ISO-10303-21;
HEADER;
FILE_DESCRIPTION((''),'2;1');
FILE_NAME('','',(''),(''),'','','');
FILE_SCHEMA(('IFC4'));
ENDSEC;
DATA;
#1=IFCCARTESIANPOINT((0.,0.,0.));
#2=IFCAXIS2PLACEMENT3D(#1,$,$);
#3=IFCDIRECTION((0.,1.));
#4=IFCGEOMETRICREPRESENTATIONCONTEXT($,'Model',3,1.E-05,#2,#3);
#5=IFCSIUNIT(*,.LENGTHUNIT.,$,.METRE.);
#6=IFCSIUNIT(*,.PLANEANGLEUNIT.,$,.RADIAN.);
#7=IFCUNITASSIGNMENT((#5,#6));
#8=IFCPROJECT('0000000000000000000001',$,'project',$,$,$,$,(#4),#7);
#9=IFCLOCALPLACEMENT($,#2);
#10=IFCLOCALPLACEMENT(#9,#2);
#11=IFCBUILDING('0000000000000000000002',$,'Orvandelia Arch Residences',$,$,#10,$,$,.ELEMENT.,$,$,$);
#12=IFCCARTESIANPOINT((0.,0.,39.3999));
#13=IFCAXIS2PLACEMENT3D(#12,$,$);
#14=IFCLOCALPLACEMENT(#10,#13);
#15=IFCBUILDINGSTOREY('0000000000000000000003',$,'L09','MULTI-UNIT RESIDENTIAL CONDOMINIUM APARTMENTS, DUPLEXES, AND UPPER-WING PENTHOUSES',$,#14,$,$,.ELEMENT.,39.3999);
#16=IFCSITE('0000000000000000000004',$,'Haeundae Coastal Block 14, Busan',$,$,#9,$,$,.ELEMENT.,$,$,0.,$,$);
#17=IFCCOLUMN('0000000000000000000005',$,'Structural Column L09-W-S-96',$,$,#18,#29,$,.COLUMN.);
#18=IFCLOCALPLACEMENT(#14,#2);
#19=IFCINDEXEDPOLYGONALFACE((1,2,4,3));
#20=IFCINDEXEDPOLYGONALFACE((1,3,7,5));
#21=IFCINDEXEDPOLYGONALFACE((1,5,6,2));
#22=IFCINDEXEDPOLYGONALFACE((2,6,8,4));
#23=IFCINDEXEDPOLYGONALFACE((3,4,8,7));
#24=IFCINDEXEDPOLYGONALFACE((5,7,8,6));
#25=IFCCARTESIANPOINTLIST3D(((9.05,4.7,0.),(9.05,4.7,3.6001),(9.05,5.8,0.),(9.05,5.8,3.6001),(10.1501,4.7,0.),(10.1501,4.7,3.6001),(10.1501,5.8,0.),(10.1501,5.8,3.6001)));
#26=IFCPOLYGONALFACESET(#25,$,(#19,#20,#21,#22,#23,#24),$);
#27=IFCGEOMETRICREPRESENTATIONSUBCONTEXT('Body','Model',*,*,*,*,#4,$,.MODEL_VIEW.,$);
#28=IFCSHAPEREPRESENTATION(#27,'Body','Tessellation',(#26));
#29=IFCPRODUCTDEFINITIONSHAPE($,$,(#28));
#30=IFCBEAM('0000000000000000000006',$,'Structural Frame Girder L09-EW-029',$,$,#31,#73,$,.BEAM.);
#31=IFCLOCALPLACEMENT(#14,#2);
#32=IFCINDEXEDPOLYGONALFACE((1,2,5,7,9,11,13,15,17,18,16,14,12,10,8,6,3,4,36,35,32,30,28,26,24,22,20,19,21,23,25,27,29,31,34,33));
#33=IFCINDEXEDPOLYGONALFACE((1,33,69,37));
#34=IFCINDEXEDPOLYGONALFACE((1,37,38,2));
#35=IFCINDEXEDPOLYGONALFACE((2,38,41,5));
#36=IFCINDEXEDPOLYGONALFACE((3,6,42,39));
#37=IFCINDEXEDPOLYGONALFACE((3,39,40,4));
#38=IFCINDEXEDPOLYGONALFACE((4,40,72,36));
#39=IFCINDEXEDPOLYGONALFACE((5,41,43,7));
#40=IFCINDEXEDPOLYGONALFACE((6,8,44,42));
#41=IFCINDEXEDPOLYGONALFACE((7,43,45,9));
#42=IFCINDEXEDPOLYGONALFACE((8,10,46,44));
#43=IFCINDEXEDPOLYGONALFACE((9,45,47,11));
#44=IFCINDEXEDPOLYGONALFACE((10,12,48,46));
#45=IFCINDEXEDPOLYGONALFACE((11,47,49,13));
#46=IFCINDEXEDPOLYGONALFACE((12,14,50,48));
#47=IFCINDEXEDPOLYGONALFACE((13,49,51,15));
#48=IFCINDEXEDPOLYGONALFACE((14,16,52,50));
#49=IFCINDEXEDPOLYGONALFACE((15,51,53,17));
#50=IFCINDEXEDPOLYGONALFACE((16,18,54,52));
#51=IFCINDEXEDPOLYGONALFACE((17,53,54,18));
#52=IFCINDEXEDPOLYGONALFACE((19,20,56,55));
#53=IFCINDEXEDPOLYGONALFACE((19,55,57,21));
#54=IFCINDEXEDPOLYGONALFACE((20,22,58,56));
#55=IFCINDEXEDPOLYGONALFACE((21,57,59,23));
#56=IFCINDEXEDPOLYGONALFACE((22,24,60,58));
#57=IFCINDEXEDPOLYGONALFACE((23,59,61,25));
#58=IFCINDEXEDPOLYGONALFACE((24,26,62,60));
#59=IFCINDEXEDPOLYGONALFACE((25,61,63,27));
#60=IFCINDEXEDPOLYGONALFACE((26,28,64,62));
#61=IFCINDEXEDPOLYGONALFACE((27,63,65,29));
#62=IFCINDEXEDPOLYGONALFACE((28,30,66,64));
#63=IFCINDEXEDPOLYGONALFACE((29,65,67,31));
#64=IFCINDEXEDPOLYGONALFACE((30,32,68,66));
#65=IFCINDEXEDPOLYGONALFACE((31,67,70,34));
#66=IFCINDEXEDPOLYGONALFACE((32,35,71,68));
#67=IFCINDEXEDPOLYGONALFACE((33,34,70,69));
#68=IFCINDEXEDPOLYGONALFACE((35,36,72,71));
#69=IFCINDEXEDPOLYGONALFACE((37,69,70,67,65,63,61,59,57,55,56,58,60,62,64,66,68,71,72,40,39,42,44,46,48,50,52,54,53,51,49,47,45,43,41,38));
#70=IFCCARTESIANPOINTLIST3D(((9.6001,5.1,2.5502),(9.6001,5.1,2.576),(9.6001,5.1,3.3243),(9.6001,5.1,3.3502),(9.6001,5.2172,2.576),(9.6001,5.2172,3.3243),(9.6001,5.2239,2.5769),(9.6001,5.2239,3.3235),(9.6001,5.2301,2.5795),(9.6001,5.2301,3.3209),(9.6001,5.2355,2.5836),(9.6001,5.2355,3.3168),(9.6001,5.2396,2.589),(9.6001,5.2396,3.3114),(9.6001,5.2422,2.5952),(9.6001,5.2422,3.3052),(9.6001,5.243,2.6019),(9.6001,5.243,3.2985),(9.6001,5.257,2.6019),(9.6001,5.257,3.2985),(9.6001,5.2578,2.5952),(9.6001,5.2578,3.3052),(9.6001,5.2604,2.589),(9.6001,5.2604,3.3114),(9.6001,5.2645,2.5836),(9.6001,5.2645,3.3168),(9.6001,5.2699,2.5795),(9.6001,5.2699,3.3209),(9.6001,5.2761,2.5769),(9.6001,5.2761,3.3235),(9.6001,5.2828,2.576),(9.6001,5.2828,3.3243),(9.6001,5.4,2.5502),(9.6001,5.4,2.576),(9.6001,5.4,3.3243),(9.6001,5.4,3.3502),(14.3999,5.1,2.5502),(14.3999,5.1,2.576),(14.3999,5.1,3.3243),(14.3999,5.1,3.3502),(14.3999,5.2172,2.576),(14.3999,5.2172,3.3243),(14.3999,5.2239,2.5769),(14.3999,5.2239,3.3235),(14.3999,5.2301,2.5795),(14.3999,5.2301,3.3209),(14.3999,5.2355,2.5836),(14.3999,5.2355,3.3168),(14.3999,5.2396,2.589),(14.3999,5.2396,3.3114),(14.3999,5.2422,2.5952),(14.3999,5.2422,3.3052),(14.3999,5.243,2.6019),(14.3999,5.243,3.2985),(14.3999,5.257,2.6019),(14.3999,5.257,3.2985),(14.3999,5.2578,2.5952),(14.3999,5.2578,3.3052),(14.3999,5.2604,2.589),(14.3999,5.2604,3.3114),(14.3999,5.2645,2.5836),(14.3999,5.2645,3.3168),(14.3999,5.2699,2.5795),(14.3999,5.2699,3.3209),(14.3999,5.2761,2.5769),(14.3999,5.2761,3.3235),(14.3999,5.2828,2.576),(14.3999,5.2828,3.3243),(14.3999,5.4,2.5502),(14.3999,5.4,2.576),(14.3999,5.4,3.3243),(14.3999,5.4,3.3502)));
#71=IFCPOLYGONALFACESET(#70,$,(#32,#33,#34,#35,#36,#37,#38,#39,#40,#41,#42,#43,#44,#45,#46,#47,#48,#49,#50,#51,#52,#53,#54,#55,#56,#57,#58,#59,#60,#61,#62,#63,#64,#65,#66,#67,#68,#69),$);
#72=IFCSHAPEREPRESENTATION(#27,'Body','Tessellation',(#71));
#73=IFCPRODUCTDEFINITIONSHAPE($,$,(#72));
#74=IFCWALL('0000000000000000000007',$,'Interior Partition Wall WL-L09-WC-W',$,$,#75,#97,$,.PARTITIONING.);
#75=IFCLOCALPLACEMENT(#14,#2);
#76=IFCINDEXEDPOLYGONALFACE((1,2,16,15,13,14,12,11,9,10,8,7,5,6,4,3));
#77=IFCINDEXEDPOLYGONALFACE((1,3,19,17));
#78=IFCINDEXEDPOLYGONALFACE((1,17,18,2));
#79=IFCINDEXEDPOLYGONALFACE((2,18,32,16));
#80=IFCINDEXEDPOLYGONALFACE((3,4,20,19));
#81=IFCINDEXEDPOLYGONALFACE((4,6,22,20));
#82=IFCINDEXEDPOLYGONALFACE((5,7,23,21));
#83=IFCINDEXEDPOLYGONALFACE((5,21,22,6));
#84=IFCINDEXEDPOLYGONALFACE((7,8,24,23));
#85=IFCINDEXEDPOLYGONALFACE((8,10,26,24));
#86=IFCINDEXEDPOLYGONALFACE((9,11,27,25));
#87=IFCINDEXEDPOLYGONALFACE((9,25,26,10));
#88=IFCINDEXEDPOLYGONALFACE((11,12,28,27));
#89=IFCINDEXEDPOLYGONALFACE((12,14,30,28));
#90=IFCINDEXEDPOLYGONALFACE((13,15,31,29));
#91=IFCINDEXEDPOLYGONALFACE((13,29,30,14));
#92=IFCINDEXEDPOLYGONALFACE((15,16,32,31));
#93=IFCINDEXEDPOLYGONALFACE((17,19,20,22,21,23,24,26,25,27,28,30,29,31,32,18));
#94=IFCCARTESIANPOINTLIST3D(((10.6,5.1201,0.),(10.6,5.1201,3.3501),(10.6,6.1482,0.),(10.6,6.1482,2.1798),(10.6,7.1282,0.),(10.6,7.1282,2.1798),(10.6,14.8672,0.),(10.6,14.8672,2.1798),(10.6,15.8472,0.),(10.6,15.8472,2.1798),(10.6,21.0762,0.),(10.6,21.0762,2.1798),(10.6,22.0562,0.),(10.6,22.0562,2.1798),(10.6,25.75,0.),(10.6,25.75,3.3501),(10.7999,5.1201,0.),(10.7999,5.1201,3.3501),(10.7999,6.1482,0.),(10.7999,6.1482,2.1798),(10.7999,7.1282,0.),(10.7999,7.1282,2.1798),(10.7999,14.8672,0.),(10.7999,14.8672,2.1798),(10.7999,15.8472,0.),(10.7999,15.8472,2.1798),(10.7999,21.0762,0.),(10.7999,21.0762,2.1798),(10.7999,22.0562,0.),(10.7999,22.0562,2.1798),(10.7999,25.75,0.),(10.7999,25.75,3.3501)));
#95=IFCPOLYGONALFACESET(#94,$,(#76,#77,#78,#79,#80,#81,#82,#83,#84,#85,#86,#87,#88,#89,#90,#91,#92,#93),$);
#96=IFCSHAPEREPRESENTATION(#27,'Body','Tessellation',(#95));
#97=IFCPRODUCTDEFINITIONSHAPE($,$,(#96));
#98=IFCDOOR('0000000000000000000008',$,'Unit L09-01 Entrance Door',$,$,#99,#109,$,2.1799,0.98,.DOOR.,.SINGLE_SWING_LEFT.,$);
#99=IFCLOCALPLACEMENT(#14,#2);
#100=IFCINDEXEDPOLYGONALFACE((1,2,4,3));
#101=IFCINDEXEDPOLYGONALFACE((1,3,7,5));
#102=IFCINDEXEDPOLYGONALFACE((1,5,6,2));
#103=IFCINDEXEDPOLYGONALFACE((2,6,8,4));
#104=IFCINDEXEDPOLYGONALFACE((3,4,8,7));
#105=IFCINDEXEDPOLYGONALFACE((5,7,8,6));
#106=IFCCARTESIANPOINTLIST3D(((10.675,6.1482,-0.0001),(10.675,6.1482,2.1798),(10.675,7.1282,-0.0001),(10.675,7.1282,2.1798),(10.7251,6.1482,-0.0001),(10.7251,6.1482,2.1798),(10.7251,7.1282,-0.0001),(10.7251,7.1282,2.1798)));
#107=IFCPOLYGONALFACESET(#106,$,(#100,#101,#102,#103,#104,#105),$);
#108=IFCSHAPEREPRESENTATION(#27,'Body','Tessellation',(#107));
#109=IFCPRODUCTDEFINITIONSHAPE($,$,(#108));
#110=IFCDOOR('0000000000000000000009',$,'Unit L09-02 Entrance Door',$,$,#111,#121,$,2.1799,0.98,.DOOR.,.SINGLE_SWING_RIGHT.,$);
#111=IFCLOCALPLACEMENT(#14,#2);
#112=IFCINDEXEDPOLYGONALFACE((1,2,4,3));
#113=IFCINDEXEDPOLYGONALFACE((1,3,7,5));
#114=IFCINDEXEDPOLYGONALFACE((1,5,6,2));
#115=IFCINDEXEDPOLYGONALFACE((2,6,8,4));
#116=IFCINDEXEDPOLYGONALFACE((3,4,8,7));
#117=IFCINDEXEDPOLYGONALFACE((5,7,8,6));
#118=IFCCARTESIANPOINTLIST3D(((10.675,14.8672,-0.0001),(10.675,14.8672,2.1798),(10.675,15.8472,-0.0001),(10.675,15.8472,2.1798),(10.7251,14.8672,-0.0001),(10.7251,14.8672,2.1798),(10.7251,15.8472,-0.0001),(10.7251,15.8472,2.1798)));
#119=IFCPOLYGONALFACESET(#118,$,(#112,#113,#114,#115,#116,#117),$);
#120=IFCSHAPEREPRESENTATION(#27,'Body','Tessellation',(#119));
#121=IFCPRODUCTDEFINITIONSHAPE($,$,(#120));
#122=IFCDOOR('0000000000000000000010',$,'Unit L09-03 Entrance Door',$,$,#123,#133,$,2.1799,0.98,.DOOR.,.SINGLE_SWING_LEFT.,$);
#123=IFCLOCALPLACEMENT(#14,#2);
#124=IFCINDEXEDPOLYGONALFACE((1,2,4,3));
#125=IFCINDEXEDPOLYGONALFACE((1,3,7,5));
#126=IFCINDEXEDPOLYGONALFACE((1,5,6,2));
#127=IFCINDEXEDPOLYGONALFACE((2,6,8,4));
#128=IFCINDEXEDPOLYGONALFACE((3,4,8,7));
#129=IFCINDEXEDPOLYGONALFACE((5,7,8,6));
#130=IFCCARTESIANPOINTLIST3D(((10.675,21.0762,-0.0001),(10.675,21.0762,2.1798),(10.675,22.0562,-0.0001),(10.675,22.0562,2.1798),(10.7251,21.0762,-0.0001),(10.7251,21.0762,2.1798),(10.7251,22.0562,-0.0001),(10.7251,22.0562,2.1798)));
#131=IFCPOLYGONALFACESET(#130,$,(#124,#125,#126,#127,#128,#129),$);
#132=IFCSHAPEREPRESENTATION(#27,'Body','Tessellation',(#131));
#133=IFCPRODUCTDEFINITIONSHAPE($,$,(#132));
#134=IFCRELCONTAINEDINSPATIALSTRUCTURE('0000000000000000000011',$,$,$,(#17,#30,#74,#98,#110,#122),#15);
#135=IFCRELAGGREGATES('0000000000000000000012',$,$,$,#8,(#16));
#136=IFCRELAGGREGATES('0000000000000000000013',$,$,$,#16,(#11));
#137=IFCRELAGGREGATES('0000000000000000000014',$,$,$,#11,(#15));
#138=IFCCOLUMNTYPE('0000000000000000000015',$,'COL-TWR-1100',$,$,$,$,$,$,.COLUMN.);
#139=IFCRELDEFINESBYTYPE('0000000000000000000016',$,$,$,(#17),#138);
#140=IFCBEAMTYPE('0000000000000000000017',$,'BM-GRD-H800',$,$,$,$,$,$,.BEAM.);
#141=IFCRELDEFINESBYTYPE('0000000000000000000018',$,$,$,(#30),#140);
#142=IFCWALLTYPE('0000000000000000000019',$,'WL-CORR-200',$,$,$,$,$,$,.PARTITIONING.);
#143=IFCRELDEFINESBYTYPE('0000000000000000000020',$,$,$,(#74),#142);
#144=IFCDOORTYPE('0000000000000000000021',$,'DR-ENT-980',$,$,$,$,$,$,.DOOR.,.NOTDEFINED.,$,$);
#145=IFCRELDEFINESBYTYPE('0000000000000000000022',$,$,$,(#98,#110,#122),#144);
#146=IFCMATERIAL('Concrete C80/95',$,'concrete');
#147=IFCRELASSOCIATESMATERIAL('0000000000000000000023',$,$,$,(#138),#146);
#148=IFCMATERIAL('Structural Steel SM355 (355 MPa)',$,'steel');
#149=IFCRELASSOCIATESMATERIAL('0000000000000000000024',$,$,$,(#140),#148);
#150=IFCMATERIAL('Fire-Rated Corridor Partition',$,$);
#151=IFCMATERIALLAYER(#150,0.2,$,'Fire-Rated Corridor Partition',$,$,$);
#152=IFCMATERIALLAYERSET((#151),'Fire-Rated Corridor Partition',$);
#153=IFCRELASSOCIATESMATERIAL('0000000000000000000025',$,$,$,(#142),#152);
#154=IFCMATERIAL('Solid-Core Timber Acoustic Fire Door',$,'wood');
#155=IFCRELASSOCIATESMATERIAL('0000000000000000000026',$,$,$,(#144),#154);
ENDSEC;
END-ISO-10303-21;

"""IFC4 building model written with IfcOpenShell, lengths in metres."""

from ifc_helpers import new_model, si_unit, direction, frame, frame_2d, origin, origin_2d, place, context, subcontext, project, spatial, rectangle, i_section, extrude, material, layer, layer_set, material_profile, profile_set, type_object, element, fill, save


model = new_model("IFC4")

# Units and contexts
model_context = context("Model", 3, precision=1e-05, world=origin(), true_north=direction((0.0, 1.0)))
body_context = subcontext(model_context, "Body", "Model", "MODEL_VIEW")
ifc_project = project(units=[si_unit("LENGTHUNIT", "METRE"), si_unit("PLANEANGLEUNIT", "RADIAN")], contexts=[model_context])

# Site, building, storey
site_placement = place(None, origin())
site = spatial("IfcSite", under=ifc_project, at=site_placement, Name="Haeundae Coastal Block 14, Busan", CompositionType="ELEMENT", RefElevation=0.0)
building_placement = place(site_placement, origin())
building = spatial("IfcBuilding", under=site, at=building_placement, Name="Orvandelia Arch Residences", CompositionType="ELEMENT")
storey_placement = place(building_placement, frame((0.0, 0.0, 39.3999)))
storey = spatial("IfcBuildingStorey", under=building, at=storey_placement, Name="L09", Description="MULTI-UNIT RESIDENTIAL CONDOMINIUM APARTMENTS, DUPLEXES, AND UPPER-WING PENTHOUSES", CompositionType="ELEMENT", Elevation=39.3999)

# Column
ifc_material_1 = material(Name="Concrete C80/95", Category="concrete")
ifc_material_profile_1 = material_profile(ifc_material_1, rectangle(XDim=1.1001, YDim=1.1001, at=origin_2d()), Name="Concrete C80/95", Category="concrete")
ifc_profile_set_1 = profile_set([ifc_material_profile_1], Name="Concrete C80/95")
column_type = type_object("IfcColumnType", Name="COL-TWR-1100", PredefinedType="COLUMN", material=ifc_profile_set_1)
column_placement = place(storey_placement, frame((9.6001, 5.25, 0.0), z_axis=(0.0, 0.0, 1.0), x_axis=(1.0, 0.0, 0.0)))
element("IfcColumn", 1, at=column_placement, inside=storey, type_object=column_type, Name="Structural Column L09-W-S-96", PredefinedType="COLUMN", context=body_context, shape_type="SweptSolid", body=[
    extrude(rectangle(XDim=1.1001, YDim=1.1001, at=origin_2d()), origin(), (0.0, 0.0, 1.0), 3.6001),
])

# Beam
ifc_material_2 = material(Name="Structural Steel SM355 (355 MPa)", Category="steel")
ifc_material_profile_2 = material_profile(ifc_material_2, i_section(OverallWidth=0.3, OverallDepth=0.8, WebThickness=0.0139, FlangeThickness=0.0259, FilletRadius=0.0259, at=origin_2d()), Name="Structural Steel SM355 (355 MPa)", Category="steel")
ifc_profile_set_2 = profile_set([ifc_material_profile_2], Name="Structural Steel SM355 (355 MPa)")
beam_type = type_object("IfcBeamType", Name="BM-GRD-H800", PredefinedType="BEAM", material=ifc_profile_set_2)
beam_placement = place(storey_placement, frame((9.6001, 5.25, 2.9502), z_axis=(1.0, 0.0, 0.0), x_axis=(0.0, 1.0, 0.0)))
element("IfcBeam", 2, at=beam_placement, inside=storey, type_object=beam_type, Name="Structural Frame Girder L09-EW-029", PredefinedType="BEAM", context=body_context, shape_type="SweptSolid", body=[
    extrude(i_section(OverallWidth=0.3, OverallDepth=0.8, WebThickness=0.0139, FlangeThickness=0.0259, FilletRadius=0.0259, at=origin_2d()), origin(), (0.0, 0.0, 1.0), 4.7998),
])

# Wall, openings, doors
ifc_material_3 = material(Name="Fire-Rated Corridor Partition")
ifc_layer_1 = layer(ifc_material_3, 0.2, Name="Fire-Rated Corridor Partition")
ifc_layer_set_1 = layer_set([ifc_layer_1], Name="Fire-Rated Corridor Partition")
wall_type_1 = type_object("IfcWallType", Name="WL-CORR-200", PredefinedType="PARTITIONING", material=ifc_layer_set_1)
wall_1_placement = place(storey_placement, frame((10.7, 5.1201, 0.0), z_axis=(0.0, 0.0, 1.0), x_axis=(0.0, 1.0, 0.0)))
wall_1 = element("IfcWall", 3, at=wall_1_placement, inside=storey, type_object=wall_type_1, Name="Interior Partition Wall WL-L09-WC-W", PredefinedType="PARTITIONING", context=body_context, shape_type="SweptSolid", body=[
    extrude(rectangle(XDim=20.6299, YDim=0.2, at=frame_2d((10.3149, 0.0))), origin(), (0.0, 0.0, 1.0), 3.3501),
])
opening_1_placement = place(wall_1_placement, frame((1.0281, 0.0, 0.0)))
opening_1 = element("IfcOpeningElement", 4, at=opening_1_placement, cuts=wall_1, PredefinedType="OPENING", context=body_context, shape_type="SweptSolid", body=[
    extrude(rectangle(XDim=0.98, YDim=2.1799, at=frame_2d((0.49, 1.0898))), frame((0.0, 0.1099, 0.0), z_axis=(0.0, -1.0, 0.0), x_axis=(1.0, 0.0, 0.0)), (0.0, 0.0, 1.0), 0.22),
])
opening_2_placement = place(wall_1_placement, frame((9.7471, 0.0, 0.0)))
opening_2 = element("IfcOpeningElement", 5, at=opening_2_placement, cuts=wall_1, PredefinedType="OPENING", context=body_context, shape_type="SweptSolid", body=[
    extrude(rectangle(XDim=0.98, YDim=2.1799, at=frame_2d((0.49, 1.0898))), frame((0.0, 0.1099, 0.0), z_axis=(0.0, -1.0, 0.0), x_axis=(1.0, 0.0, 0.0)), (0.0, 0.0, 1.0), 0.22),
])
opening_3_placement = place(wall_1_placement, frame((15.9561, 0.0, 0.0)))
opening_3 = element("IfcOpeningElement", 6, at=opening_3_placement, cuts=wall_1, PredefinedType="OPENING", context=body_context, shape_type="SweptSolid", body=[
    extrude(rectangle(XDim=0.98, YDim=2.1799, at=frame_2d((0.49, 1.0898))), frame((0.0, 0.1099, 0.0), z_axis=(0.0, -1.0, 0.0), x_axis=(1.0, 0.0, 0.0)), (0.0, 0.0, 1.0), 0.22),
])
ifc_material_4 = material(Name="Solid-Core Timber Acoustic Fire Door", Category="wood")
door_type_1 = type_object("IfcDoorType", Name="DR-ENT-980", OperationType="NOTDEFINED", PredefinedType="DOOR", material=ifc_material_4)
door_1_placement = place(opening_1_placement, origin())
door_1 = element("IfcDoor", 7, at=door_1_placement, inside=storey, type_object=door_type_1, Name="Unit L09-01 Entrance Door", OperationType="SINGLE_SWING_LEFT", OverallHeight=2.1799, OverallWidth=0.98, PredefinedType="DOOR", context=body_context, shape_type="SweptSolid", body=[
    extrude(rectangle(XDim=0.98, YDim=2.1799, at=frame_2d((0.49, 1.0898))), frame((0.0, 0.0249, 0.0), z_axis=(0.0, -1.0, 0.0), x_axis=(1.0, 0.0, 0.0)), (0.0, 0.0, 1.0), 0.05),
])
fill(opening_1, door_1)
door_2_placement = place(opening_2_placement, origin())
door_2 = element("IfcDoor", 8, at=door_2_placement, inside=storey, type_object=door_type_1, Name="Unit L09-02 Entrance Door", OperationType="SINGLE_SWING_RIGHT", OverallHeight=2.1799, OverallWidth=0.98, PredefinedType="DOOR", context=body_context, shape_type="SweptSolid", body=[
    extrude(rectangle(XDim=0.98, YDim=2.1799, at=frame_2d((0.49, 1.0898))), frame((0.0, 0.0249, 0.0), z_axis=(0.0, -1.0, 0.0), x_axis=(1.0, 0.0, 0.0)), (0.0, 0.0, 1.0), 0.05),
])
fill(opening_2, door_2)
door_3_placement = place(opening_3_placement, origin())
door_3 = element("IfcDoor", 9, at=door_3_placement, inside=storey, type_object=door_type_1, Name="Unit L09-03 Entrance Door", OperationType="SINGLE_SWING_LEFT", OverallHeight=2.1799, OverallWidth=0.98, PredefinedType="DOOR", context=body_context, shape_type="SweptSolid", body=[
    extrude(rectangle(XDim=0.98, YDim=2.1799, at=frame_2d((0.49, 1.0898))), frame((0.0, 0.0249, 0.0), z_axis=(0.0, -1.0, 0.0), x_axis=(1.0, 0.0, 0.0)), (0.0, 0.0, 1.0), 0.05),
])
fill(opening_3, door_3)

save(model, "model.ifc")
